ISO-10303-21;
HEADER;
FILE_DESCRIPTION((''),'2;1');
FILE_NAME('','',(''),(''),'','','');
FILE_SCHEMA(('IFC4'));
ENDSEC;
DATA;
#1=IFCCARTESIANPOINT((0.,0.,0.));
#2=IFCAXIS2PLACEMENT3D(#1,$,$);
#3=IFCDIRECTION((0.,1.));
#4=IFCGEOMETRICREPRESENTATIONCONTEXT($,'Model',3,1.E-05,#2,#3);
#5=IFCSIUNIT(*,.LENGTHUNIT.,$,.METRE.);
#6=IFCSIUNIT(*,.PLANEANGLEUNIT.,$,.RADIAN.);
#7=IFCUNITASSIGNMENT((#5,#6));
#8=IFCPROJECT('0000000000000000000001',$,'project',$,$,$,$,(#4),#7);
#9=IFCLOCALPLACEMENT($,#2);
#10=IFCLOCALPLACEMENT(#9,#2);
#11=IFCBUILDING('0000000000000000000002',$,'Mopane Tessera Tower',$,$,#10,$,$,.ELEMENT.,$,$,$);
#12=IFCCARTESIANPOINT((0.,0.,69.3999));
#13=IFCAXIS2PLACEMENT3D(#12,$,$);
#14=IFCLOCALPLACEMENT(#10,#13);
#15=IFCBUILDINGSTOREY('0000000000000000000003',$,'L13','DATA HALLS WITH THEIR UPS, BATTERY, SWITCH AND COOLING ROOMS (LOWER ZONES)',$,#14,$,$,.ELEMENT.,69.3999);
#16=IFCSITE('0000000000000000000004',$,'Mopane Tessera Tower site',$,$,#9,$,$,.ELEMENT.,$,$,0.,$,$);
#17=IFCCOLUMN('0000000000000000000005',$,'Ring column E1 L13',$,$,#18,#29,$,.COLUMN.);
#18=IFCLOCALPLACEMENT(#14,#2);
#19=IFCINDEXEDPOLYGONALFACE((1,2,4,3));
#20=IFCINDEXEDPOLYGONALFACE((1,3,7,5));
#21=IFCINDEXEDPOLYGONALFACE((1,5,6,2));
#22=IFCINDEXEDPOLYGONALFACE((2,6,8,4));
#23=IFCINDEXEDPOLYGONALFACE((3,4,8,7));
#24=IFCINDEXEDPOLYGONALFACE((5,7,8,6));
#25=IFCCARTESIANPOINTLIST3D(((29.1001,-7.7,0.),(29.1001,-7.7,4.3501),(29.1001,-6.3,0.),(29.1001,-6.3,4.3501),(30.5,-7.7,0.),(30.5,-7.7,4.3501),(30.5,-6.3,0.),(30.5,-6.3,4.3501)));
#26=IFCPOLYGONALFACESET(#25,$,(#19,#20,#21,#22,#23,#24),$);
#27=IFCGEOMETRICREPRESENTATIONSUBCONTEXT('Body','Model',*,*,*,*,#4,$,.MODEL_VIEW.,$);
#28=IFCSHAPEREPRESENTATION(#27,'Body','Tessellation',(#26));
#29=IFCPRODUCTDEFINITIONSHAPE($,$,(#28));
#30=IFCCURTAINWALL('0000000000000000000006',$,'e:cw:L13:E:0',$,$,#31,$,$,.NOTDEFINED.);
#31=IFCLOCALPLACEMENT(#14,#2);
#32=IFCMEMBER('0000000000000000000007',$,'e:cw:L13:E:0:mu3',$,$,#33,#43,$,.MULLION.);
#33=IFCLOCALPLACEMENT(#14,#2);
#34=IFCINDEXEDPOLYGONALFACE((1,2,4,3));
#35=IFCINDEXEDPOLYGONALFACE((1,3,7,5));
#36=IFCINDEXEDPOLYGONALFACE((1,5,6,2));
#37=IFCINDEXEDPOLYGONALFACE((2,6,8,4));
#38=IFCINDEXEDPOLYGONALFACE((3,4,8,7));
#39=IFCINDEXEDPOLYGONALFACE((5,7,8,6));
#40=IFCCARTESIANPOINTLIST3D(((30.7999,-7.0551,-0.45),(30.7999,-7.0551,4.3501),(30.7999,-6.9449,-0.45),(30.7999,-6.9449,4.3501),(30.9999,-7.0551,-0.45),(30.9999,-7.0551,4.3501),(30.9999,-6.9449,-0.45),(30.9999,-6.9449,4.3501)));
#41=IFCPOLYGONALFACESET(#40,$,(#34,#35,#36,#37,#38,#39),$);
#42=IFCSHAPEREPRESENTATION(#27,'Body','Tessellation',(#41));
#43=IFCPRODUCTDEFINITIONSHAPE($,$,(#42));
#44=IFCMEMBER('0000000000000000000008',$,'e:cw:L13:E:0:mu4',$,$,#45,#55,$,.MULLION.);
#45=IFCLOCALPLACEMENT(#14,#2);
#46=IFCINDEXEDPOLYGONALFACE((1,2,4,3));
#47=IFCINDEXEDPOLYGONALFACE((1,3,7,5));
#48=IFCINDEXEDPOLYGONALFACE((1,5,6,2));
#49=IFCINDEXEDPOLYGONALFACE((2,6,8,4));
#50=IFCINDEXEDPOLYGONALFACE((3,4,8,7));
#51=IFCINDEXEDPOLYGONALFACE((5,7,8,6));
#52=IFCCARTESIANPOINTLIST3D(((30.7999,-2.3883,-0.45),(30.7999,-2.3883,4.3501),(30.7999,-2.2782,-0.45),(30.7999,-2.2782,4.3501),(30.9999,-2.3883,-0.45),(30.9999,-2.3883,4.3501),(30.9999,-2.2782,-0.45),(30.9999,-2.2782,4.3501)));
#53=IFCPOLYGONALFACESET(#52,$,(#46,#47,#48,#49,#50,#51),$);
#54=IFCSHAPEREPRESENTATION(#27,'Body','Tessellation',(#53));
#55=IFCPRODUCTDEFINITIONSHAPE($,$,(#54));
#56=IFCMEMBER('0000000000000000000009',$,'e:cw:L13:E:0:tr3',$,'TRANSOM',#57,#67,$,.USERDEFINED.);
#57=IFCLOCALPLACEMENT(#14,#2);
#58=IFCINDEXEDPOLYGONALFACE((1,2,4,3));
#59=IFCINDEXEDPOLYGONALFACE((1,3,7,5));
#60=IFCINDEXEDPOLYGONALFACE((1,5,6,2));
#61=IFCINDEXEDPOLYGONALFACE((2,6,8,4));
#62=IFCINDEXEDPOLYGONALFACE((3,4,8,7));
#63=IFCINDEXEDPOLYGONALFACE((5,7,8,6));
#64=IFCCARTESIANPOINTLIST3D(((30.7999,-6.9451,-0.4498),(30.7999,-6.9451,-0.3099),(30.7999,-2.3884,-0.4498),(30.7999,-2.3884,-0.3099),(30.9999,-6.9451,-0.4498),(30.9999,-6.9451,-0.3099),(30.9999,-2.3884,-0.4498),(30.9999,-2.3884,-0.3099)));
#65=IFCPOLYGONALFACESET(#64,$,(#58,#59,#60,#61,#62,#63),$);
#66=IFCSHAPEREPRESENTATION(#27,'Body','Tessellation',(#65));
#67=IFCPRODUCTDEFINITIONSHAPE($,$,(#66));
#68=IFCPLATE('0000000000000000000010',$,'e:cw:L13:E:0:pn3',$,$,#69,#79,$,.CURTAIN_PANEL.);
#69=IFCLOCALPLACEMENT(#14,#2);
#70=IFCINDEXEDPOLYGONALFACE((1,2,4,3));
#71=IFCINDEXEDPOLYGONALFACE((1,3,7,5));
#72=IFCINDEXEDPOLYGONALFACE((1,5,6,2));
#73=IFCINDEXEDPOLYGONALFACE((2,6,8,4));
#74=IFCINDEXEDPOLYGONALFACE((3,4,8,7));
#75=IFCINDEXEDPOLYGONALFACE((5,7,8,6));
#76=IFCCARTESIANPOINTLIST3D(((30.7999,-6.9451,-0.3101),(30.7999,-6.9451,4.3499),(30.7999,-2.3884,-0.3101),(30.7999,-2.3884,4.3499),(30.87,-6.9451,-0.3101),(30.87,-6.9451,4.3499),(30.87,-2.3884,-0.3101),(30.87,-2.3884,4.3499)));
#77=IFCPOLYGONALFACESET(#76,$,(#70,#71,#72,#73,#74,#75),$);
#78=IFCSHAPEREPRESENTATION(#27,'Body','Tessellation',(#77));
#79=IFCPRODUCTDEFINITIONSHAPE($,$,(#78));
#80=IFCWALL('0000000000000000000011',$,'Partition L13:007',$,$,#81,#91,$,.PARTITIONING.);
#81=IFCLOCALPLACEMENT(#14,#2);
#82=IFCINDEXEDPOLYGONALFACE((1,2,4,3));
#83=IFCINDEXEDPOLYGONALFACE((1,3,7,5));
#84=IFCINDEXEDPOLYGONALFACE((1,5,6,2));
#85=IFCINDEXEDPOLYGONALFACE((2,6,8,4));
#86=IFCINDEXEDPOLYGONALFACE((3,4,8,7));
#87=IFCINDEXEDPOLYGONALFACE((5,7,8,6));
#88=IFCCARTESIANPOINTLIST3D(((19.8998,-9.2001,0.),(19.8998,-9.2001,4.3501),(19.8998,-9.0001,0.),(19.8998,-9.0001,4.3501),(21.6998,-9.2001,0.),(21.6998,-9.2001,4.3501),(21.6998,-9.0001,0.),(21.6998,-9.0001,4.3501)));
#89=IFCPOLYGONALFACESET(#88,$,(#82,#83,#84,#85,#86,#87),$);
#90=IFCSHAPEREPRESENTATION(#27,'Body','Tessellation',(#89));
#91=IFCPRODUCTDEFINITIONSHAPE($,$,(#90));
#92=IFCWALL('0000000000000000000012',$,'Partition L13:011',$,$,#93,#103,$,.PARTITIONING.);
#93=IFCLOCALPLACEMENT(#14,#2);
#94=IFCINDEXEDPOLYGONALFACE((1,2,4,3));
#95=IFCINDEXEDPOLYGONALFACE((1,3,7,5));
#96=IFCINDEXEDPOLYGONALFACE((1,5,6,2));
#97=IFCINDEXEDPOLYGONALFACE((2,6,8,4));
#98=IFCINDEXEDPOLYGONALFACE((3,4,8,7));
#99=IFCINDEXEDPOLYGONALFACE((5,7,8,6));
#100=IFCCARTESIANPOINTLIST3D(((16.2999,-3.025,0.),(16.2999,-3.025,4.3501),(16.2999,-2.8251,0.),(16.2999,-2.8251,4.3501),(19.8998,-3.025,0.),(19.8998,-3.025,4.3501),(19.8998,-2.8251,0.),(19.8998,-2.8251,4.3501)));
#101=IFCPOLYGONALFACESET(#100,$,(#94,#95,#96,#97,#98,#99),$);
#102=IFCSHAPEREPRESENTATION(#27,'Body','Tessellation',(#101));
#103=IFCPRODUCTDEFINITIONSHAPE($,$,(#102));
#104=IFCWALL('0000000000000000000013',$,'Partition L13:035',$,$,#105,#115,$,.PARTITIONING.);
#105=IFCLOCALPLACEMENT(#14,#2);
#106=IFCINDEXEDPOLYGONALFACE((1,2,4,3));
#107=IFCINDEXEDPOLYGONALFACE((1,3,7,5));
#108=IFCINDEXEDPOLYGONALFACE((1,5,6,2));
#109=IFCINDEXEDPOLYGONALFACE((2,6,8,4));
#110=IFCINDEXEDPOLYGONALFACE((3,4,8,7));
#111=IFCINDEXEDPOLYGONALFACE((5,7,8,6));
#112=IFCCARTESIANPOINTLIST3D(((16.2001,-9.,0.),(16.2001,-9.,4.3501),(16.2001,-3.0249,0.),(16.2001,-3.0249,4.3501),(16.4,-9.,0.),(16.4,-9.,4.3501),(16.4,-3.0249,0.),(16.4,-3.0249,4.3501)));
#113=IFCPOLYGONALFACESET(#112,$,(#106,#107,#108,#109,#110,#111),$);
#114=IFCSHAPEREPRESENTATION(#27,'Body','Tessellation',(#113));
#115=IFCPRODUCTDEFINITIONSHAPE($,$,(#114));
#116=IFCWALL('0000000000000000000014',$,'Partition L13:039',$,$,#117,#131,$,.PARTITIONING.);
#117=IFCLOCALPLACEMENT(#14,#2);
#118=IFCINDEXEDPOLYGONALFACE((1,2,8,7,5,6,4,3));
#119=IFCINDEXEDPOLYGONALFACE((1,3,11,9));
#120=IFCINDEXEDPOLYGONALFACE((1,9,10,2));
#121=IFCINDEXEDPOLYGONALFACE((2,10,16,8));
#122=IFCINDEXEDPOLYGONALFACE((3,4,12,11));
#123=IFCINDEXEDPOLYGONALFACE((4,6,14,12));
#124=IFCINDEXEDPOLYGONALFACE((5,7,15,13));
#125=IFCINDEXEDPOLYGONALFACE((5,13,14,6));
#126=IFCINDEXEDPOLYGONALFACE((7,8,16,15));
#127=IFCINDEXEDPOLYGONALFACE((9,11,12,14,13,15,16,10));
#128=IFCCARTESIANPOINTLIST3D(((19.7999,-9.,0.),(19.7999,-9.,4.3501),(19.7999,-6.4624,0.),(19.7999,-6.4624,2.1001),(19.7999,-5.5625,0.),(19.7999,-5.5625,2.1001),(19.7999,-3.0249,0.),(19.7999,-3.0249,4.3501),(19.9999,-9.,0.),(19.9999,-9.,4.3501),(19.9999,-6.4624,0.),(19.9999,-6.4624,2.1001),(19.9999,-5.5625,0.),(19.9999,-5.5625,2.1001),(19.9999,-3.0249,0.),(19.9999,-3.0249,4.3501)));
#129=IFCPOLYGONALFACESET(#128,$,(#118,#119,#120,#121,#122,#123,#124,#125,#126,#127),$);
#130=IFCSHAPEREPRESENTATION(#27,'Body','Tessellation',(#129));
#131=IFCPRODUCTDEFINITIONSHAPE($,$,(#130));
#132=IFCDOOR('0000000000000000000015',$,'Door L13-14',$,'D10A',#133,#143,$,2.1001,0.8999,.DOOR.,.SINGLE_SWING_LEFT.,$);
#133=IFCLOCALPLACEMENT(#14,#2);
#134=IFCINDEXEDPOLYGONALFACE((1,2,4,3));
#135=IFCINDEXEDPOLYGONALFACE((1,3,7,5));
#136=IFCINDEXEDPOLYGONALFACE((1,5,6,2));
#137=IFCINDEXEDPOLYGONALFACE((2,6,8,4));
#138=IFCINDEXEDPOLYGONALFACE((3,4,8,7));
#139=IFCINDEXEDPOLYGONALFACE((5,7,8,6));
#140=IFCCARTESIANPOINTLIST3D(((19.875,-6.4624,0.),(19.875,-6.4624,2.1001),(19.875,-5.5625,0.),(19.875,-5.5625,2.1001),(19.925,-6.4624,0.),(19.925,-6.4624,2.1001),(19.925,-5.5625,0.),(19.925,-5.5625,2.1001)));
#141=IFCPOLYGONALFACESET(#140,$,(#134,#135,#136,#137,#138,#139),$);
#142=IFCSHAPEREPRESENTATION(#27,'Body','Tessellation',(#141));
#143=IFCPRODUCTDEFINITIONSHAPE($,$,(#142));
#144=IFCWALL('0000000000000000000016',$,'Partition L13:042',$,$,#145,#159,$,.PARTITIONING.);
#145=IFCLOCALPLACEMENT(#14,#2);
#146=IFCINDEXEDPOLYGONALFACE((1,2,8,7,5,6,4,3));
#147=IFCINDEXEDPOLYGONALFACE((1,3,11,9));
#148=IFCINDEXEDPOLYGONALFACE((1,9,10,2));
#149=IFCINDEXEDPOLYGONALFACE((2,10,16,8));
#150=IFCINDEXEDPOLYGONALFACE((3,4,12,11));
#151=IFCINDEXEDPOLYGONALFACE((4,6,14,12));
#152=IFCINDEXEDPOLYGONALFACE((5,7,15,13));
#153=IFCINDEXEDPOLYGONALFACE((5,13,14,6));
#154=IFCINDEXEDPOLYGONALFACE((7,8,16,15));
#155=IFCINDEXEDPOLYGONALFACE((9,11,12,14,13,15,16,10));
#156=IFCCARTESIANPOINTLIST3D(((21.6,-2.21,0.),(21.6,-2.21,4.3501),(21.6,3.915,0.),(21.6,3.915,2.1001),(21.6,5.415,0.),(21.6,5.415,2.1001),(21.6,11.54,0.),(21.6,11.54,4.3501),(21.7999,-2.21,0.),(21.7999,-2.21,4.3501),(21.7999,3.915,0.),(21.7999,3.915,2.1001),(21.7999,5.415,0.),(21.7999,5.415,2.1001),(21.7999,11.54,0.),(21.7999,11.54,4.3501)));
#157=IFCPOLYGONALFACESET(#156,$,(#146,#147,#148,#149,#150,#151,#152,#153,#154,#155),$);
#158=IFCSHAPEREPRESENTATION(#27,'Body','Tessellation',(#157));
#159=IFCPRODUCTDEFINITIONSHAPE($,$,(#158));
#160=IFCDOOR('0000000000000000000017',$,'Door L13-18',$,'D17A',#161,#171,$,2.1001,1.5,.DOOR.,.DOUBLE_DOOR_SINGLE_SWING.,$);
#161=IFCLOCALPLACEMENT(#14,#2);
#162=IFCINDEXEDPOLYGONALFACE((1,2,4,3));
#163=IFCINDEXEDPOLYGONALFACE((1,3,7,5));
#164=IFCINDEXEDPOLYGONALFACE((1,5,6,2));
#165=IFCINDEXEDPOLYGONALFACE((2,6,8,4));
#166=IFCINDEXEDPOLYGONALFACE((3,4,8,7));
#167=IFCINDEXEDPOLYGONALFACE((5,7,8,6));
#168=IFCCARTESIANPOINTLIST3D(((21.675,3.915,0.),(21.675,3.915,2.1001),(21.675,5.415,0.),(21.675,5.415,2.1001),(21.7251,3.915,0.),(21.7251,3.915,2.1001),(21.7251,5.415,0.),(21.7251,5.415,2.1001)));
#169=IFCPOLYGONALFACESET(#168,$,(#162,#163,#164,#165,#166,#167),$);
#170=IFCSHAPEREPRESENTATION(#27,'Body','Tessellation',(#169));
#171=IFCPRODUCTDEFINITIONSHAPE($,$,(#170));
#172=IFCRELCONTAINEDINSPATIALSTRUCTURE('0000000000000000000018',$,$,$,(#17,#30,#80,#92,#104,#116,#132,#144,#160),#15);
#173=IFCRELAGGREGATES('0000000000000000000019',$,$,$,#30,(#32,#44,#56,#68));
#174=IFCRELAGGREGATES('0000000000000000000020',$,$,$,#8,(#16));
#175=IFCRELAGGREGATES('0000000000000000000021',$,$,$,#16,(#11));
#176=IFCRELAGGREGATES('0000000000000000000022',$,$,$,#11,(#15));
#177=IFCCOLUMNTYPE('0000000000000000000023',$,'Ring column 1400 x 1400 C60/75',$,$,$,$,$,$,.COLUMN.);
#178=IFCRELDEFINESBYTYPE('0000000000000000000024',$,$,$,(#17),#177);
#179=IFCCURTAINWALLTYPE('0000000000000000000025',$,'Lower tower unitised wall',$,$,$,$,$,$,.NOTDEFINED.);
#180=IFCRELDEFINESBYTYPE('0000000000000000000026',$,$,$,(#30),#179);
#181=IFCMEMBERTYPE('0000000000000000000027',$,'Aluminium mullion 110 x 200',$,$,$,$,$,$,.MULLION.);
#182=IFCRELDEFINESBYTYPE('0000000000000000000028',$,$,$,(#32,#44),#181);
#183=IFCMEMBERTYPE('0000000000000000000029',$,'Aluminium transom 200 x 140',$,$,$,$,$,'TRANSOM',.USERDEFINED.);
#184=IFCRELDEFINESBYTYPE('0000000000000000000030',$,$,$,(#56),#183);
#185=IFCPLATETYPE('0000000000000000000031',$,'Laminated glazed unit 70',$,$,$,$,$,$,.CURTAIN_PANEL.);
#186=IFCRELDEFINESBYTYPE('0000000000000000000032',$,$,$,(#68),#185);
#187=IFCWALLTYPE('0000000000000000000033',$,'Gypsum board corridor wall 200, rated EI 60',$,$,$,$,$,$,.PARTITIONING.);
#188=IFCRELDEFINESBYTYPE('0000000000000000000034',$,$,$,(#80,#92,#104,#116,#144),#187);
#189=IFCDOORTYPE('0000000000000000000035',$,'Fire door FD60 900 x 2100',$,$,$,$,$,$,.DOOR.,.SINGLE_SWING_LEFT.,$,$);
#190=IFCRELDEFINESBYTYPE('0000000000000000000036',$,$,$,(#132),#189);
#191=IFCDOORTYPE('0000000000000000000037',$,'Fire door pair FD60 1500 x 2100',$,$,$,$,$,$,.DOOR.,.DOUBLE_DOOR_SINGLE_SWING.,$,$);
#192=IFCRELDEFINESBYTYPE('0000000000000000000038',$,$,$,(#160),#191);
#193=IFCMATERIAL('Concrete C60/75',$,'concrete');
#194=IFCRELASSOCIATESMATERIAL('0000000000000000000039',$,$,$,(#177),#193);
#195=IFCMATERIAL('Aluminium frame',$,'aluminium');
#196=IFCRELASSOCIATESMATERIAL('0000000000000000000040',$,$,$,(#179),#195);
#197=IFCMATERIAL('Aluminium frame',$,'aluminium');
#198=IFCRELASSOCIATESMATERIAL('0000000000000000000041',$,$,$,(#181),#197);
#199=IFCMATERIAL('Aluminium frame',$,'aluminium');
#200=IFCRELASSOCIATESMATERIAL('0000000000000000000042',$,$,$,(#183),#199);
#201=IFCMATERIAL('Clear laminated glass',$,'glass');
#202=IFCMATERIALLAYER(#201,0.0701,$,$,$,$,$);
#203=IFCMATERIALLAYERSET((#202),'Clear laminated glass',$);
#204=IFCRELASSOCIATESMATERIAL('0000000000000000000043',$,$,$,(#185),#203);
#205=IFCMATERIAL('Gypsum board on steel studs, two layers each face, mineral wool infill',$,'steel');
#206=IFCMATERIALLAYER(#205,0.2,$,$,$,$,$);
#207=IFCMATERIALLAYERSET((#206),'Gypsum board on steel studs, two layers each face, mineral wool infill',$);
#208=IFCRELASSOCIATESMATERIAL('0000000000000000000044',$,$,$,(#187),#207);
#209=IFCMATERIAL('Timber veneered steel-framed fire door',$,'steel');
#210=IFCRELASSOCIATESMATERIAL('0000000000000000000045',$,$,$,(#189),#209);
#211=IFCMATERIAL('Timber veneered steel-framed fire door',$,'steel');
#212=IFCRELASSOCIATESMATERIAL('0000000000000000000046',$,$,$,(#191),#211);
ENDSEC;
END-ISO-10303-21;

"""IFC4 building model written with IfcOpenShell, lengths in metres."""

from ifc_helpers import new_model, si_unit, direction, frame, frame_2d, origin, origin_2d, place, context, subcontext, project, spatial, rectangle, extrude, material, layer, layer_set, material_profile, profile_set, type_object, element, fill, aggregate, save


model = new_model("IFC4")

# Units and contexts
model_context = context("Model", 3, precision=1e-05, world=origin(), true_north=direction((0.0, 1.0)))
body_context = subcontext(model_context, "Body", "Model", "MODEL_VIEW")
ifc_project = project(units=[si_unit("LENGTHUNIT", "METRE"), si_unit("PLANEANGLEUNIT", "RADIAN")], contexts=[model_context])

# Site, building, storey
site_placement = place(None, origin())
site = spatial("IfcSite", under=ifc_project, at=site_placement, Name="Mopane Tessera Tower site", CompositionType="ELEMENT", RefElevation=0.0)
building_placement = place(site_placement, origin())
building = spatial("IfcBuilding", under=site, at=building_placement, Name="Mopane Tessera Tower", CompositionType="ELEMENT")
storey_placement = place(building_placement, frame((0.0, 0.0, 69.3999)))
storey = spatial("IfcBuildingStorey", under=building, at=storey_placement, Name="L13", Description="DATA HALLS WITH THEIR UPS, BATTERY, SWITCH AND COOLING ROOMS (LOWER ZONES)", CompositionType="ELEMENT", Elevation=69.3999)

# Column
ifc_material_1 = material(Name="Concrete C60/75", Category="concrete")
ifc_material_profile_1 = material_profile(ifc_material_1, rectangle(XDim=1.3999, YDim=1.3999, at=origin_2d()))
ifc_profile_set_1 = profile_set([ifc_material_profile_1], Name="Concrete C60/75")
column_type = type_object("IfcColumnType", Name="Ring column 1400 x 1400 C60/75", PredefinedType="COLUMN", material=ifc_profile_set_1)
column_placement = place(storey_placement, frame((29.8, -7.0, 0.0), z_axis=(0.0, 0.0, 1.0), x_axis=(1.0, 0.0, 0.0)))
element("IfcColumn", 1, at=column_placement, inside=storey, type_object=column_type, Name="Ring column E1 L13", PredefinedType="COLUMN", context=body_context, shape_type="SweptSolid", body=[
    extrude(rectangle(XDim=1.3999, YDim=1.3999, at=origin_2d()), origin(), (0.0, 0.0, 1.0), 4.3501),
])

# Curtain wall, members, plate
ifc_material_2 = material(Name="Aluminium frame", Category="aluminium")
curtain_wall_type = type_object("IfcCurtainWallType", Name="Lower tower unitised wall", PredefinedType="NOTDEFINED", material=ifc_material_2)
curtain_wall_placement = place(storey_placement, origin())
curtain_wall = element("IfcCurtainWall", 2, at=curtain_wall_placement, inside=storey, type_object=curtain_wall_type, Name="e:cw:L13:E:0", PredefinedType="NOTDEFINED")
ifc_material_3 = material(Name="Aluminium frame", Category="aluminium")
ifc_material_profile_2 = material_profile(ifc_material_3, rectangle(XDim=0.1101, YDim=0.2, at=origin_2d()))
ifc_profile_set_2 = profile_set([ifc_material_profile_2], Name="Aluminium frame")
member_type_1 = type_object("IfcMemberType", Name="Aluminium mullion 110 x 200", PredefinedType="MULLION", material=ifc_profile_set_2)
member_1_placement = place(storey_placement, frame((30.8999, -7.0, -0.45), z_axis=(0.0, 0.0, 1.0), x_axis=(0.0, 1.0, 0.0)))
member_1 = element("IfcMember", 3, at=member_1_placement, type_object=member_type_1, Name="e:cw:L13:E:0:mu3", PredefinedType="MULLION", context=body_context, shape_type="SweptSolid", body=[
    extrude(rectangle(XDim=0.1101, YDim=0.2, at=origin_2d()), origin(), (0.0, 0.0, 1.0), 4.8),
])
member_2_placement = place(storey_placement, frame((30.8999, -2.3333, -0.45), z_axis=(0.0, 0.0, 1.0), x_axis=(0.0, 1.0, 0.0)))
member_2 = element("IfcMember", 4, at=member_2_placement, type_object=member_type_1, Name="e:cw:L13:E:0:mu4", PredefinedType="MULLION", context=body_context, shape_type="SweptSolid", body=[
    extrude(rectangle(XDim=0.1101, YDim=0.2, at=origin_2d()), origin(), (0.0, 0.0, 1.0), 4.8),
])
ifc_material_4 = material(Name="Aluminium frame", Category="aluminium")
ifc_material_profile_3 = material_profile(ifc_material_4, rectangle(XDim=0.2, YDim=0.1399, at=origin_2d()))
ifc_profile_set_3 = profile_set([ifc_material_profile_3], Name="Aluminium frame")
member_type_2 = type_object("IfcMemberType", Name="Aluminium transom 200 x 140", ElementType="TRANSOM", PredefinedType="USERDEFINED", material=ifc_profile_set_3)
member_3_placement = place(storey_placement, frame((30.8999, -6.9451, -0.3799), z_axis=(0.0, 1.0, 0.0), x_axis=(-1.0, 0.0, 0.0)))
member_3 = element("IfcMember", 5, at=member_3_placement, type_object=member_type_2, Name="e:cw:L13:E:0:tr3", ObjectType="TRANSOM", PredefinedType="USERDEFINED", context=body_context, shape_type="SweptSolid", body=[
    extrude(rectangle(XDim=0.2, YDim=0.1399, at=origin_2d()), origin(), (0.0, 0.0, 1.0), 4.5566),
])
ifc_material_5 = material(Name="Clear laminated glass", Category="glass")
ifc_layer_1 = layer(ifc_material_5, 0.0701)
ifc_layer_set_1 = layer_set([ifc_layer_1], Name="Clear laminated glass")
plate_type = type_object("IfcPlateType", Name="Laminated glazed unit 70", PredefinedType="CURTAIN_PANEL", material=ifc_layer_set_1)
plate_placement = place(storey_placement, frame((30.835, -4.6667, -0.3101), z_axis=(0.0, 0.0, 1.0), x_axis=(0.0, 1.0, 0.0)))
plate = element("IfcPlate", 6, at=plate_placement, type_object=plate_type, Name="e:cw:L13:E:0:pn3", PredefinedType="CURTAIN_PANEL", context=body_context, shape_type="SweptSolid", body=[
    extrude(rectangle(XDim=4.5566, YDim=0.0701, at=origin_2d()), origin(), (0.0, 0.0, 1.0), 4.6599),
])
aggregate(curtain_wall, [member_1, member_2, member_3, plate])

# Walls
ifc_material_6 = material(Name="Gypsum board on steel studs, two layers each face, mineral wool infill", Category="steel")
ifc_layer_2 = layer(ifc_material_6, 0.2)
ifc_layer_set_2 = layer_set([ifc_layer_2], Name="Gypsum board on steel studs, two layers each face, mineral wool infill")
wall_type_1 = type_object("IfcWallType", Name="Gypsum board corridor wall 200, rated EI 60", PredefinedType="PARTITIONING", material=ifc_layer_set_2)
wall_1_placement = place(storey_placement, frame((19.8999, -9.1001, 0.0), z_axis=(0.0, 0.0, 1.0), x_axis=(1.0, 0.0, 0.0)))
element("IfcWall", 7, at=wall_1_placement, inside=storey, type_object=wall_type_1, Name="Partition L13:007", PredefinedType="PARTITIONING", context=body_context, shape_type="SweptSolid", body=[
    extrude(rectangle(XDim=1.8, YDim=0.2, at=frame_2d((0.8999, 0.0))), origin(), (0.0, 0.0, 1.0), 4.3501),
])
wall_2_placement = place(storey_placement, frame((16.3, -2.925, 0.0), z_axis=(0.0, 0.0, 1.0), x_axis=(1.0, 0.0, 0.0)))
element("IfcWall", 8, at=wall_2_placement, inside=storey, type_object=wall_type_1, Name="Partition L13:011", PredefinedType="PARTITIONING", context=body_context, shape_type="SweptSolid", body=[
    extrude(rectangle(XDim=3.5999, YDim=0.2, at=frame_2d((1.7998, 0.0))), origin(), (0.0, 0.0, 1.0), 4.3501),
])
wall_3_placement = place(storey_placement, frame((16.3, -9.0, 0.0), z_axis=(0.0, 0.0, 1.0), x_axis=(0.0, 1.0, 0.0)))
element("IfcWall", 9, at=wall_3_placement, inside=storey, type_object=wall_type_1, Name="Partition L13:035", PredefinedType="PARTITIONING", context=body_context, shape_type="SweptSolid", body=[
    extrude(rectangle(XDim=5.9751, YDim=0.2, at=frame_2d((2.9875, 0.0))), origin(), (0.0, 0.0, 1.0), 4.3501),
])

# Walls, openings, doors
wall_4_placement = place(storey_placement, frame((19.8999, -9.0, 0.0), z_axis=(0.0, 0.0, 1.0), x_axis=(0.0, 1.0, 0.0)))
wall_4 = element("IfcWall", 10, at=wall_4_placement, inside=storey, type_object=wall_type_1, Name="Partition L13:039", PredefinedType="PARTITIONING", context=body_context, shape_type="SweptSolid", body=[
    extrude(rectangle(XDim=5.9751, YDim=0.2, at=frame_2d((2.9875, 0.0))), origin(), (0.0, 0.0, 1.0), 4.3501),
])
opening_1_placement = place(wall_4_placement, frame((2.5376, 0.0, 0.0)))
opening_1 = element("IfcOpeningElement", 11, at=opening_1_placement, cuts=wall_4, PredefinedType="OPENING", context=body_context, shape_type="SweptSolid", body=[
    extrude(rectangle(XDim=0.8999, YDim=2.1001, at=frame_2d((0.45, 1.05))), frame((0.0, 0.1121, 0.0), z_axis=(0.0, -1.0, 0.0), x_axis=(1.0, 0.0, 0.0)), (0.0, 0.0, 1.0), 0.2239),
])
ifc_material_7 = material(Name="Timber veneered steel-framed fire door", Category="steel")
door_type_1 = type_object("IfcDoorType", Name="Fire door FD60 900 x 2100", OperationType="SINGLE_SWING_LEFT", PredefinedType="DOOR", material=ifc_material_7)
door_1_placement = place(opening_1_placement, origin())
door_1 = element("IfcDoor", 12, at=door_1_placement, inside=storey, type_object=door_type_1, Name="Door L13-14", ObjectType="D10A", OperationType="SINGLE_SWING_LEFT", OverallHeight=2.1001, OverallWidth=0.8999, PredefinedType="DOOR", context=body_context, shape_type="SweptSolid", body=[
    extrude(rectangle(XDim=0.8999, YDim=2.1001, at=frame_2d((0.45, 1.05))), frame((0.0, 0.0249, 0.0), z_axis=(0.0, -1.0, 0.0), x_axis=(1.0, 0.0, 0.0)), (0.0, 0.0, 1.0), 0.05),
])
fill(opening_1, door_1)
wall_5_placement = place(storey_placement, frame((21.7, -2.21, 0.0), z_axis=(0.0, 0.0, 1.0), x_axis=(0.0, 1.0, 0.0)))
wall_5 = element("IfcWall", 13, at=wall_5_placement, inside=storey, type_object=wall_type_1, Name="Partition L13:042", PredefinedType="PARTITIONING", context=body_context, shape_type="SweptSolid", body=[
    extrude(rectangle(XDim=13.75, YDim=0.2, at=frame_2d((6.875, 0.0))), origin(), (0.0, 0.0, 1.0), 4.3501),
])
opening_2_placement = place(wall_5_placement, frame((6.125, 0.0, 0.0)))
opening_2 = element("IfcOpeningElement", 14, at=opening_2_placement, cuts=wall_5, PredefinedType="OPENING", context=body_context, shape_type="SweptSolid", body=[
    extrude(rectangle(XDim=1.5, YDim=2.1001, at=frame_2d((0.75, 1.05))), frame((0.0, 0.1121, 0.0), z_axis=(0.0, -1.0, 0.0), x_axis=(1.0, 0.0, 0.0)), (0.0, 0.0, 1.0), 0.2239),
])
ifc_material_8 = material(Name="Timber veneered steel-framed fire door", Category="steel")
door_type_2 = type_object("IfcDoorType", Name="Fire door pair FD60 1500 x 2100", OperationType="DOUBLE_DOOR_SINGLE_SWING", PredefinedType="DOOR", material=ifc_material_8)
door_2_placement = place(opening_2_placement, origin())
door_2 = element("IfcDoor", 15, at=door_2_placement, inside=storey, type_object=door_type_2, Name="Door L13-18", ObjectType="D17A", OperationType="DOUBLE_DOOR_SINGLE_SWING", OverallHeight=2.1001, OverallWidth=1.5, PredefinedType="DOOR", context=body_context, shape_type="SweptSolid", body=[
    extrude(rectangle(XDim=1.5, YDim=2.1001, at=frame_2d((0.75, 1.05))), frame((0.0, 0.0249, 0.0), z_axis=(0.0, -1.0, 0.0), x_axis=(1.0, 0.0, 0.0)), (0.0, 0.0, 1.0), 0.05),
])
fill(opening_2, door_2)

save(model, "model.ifc")
